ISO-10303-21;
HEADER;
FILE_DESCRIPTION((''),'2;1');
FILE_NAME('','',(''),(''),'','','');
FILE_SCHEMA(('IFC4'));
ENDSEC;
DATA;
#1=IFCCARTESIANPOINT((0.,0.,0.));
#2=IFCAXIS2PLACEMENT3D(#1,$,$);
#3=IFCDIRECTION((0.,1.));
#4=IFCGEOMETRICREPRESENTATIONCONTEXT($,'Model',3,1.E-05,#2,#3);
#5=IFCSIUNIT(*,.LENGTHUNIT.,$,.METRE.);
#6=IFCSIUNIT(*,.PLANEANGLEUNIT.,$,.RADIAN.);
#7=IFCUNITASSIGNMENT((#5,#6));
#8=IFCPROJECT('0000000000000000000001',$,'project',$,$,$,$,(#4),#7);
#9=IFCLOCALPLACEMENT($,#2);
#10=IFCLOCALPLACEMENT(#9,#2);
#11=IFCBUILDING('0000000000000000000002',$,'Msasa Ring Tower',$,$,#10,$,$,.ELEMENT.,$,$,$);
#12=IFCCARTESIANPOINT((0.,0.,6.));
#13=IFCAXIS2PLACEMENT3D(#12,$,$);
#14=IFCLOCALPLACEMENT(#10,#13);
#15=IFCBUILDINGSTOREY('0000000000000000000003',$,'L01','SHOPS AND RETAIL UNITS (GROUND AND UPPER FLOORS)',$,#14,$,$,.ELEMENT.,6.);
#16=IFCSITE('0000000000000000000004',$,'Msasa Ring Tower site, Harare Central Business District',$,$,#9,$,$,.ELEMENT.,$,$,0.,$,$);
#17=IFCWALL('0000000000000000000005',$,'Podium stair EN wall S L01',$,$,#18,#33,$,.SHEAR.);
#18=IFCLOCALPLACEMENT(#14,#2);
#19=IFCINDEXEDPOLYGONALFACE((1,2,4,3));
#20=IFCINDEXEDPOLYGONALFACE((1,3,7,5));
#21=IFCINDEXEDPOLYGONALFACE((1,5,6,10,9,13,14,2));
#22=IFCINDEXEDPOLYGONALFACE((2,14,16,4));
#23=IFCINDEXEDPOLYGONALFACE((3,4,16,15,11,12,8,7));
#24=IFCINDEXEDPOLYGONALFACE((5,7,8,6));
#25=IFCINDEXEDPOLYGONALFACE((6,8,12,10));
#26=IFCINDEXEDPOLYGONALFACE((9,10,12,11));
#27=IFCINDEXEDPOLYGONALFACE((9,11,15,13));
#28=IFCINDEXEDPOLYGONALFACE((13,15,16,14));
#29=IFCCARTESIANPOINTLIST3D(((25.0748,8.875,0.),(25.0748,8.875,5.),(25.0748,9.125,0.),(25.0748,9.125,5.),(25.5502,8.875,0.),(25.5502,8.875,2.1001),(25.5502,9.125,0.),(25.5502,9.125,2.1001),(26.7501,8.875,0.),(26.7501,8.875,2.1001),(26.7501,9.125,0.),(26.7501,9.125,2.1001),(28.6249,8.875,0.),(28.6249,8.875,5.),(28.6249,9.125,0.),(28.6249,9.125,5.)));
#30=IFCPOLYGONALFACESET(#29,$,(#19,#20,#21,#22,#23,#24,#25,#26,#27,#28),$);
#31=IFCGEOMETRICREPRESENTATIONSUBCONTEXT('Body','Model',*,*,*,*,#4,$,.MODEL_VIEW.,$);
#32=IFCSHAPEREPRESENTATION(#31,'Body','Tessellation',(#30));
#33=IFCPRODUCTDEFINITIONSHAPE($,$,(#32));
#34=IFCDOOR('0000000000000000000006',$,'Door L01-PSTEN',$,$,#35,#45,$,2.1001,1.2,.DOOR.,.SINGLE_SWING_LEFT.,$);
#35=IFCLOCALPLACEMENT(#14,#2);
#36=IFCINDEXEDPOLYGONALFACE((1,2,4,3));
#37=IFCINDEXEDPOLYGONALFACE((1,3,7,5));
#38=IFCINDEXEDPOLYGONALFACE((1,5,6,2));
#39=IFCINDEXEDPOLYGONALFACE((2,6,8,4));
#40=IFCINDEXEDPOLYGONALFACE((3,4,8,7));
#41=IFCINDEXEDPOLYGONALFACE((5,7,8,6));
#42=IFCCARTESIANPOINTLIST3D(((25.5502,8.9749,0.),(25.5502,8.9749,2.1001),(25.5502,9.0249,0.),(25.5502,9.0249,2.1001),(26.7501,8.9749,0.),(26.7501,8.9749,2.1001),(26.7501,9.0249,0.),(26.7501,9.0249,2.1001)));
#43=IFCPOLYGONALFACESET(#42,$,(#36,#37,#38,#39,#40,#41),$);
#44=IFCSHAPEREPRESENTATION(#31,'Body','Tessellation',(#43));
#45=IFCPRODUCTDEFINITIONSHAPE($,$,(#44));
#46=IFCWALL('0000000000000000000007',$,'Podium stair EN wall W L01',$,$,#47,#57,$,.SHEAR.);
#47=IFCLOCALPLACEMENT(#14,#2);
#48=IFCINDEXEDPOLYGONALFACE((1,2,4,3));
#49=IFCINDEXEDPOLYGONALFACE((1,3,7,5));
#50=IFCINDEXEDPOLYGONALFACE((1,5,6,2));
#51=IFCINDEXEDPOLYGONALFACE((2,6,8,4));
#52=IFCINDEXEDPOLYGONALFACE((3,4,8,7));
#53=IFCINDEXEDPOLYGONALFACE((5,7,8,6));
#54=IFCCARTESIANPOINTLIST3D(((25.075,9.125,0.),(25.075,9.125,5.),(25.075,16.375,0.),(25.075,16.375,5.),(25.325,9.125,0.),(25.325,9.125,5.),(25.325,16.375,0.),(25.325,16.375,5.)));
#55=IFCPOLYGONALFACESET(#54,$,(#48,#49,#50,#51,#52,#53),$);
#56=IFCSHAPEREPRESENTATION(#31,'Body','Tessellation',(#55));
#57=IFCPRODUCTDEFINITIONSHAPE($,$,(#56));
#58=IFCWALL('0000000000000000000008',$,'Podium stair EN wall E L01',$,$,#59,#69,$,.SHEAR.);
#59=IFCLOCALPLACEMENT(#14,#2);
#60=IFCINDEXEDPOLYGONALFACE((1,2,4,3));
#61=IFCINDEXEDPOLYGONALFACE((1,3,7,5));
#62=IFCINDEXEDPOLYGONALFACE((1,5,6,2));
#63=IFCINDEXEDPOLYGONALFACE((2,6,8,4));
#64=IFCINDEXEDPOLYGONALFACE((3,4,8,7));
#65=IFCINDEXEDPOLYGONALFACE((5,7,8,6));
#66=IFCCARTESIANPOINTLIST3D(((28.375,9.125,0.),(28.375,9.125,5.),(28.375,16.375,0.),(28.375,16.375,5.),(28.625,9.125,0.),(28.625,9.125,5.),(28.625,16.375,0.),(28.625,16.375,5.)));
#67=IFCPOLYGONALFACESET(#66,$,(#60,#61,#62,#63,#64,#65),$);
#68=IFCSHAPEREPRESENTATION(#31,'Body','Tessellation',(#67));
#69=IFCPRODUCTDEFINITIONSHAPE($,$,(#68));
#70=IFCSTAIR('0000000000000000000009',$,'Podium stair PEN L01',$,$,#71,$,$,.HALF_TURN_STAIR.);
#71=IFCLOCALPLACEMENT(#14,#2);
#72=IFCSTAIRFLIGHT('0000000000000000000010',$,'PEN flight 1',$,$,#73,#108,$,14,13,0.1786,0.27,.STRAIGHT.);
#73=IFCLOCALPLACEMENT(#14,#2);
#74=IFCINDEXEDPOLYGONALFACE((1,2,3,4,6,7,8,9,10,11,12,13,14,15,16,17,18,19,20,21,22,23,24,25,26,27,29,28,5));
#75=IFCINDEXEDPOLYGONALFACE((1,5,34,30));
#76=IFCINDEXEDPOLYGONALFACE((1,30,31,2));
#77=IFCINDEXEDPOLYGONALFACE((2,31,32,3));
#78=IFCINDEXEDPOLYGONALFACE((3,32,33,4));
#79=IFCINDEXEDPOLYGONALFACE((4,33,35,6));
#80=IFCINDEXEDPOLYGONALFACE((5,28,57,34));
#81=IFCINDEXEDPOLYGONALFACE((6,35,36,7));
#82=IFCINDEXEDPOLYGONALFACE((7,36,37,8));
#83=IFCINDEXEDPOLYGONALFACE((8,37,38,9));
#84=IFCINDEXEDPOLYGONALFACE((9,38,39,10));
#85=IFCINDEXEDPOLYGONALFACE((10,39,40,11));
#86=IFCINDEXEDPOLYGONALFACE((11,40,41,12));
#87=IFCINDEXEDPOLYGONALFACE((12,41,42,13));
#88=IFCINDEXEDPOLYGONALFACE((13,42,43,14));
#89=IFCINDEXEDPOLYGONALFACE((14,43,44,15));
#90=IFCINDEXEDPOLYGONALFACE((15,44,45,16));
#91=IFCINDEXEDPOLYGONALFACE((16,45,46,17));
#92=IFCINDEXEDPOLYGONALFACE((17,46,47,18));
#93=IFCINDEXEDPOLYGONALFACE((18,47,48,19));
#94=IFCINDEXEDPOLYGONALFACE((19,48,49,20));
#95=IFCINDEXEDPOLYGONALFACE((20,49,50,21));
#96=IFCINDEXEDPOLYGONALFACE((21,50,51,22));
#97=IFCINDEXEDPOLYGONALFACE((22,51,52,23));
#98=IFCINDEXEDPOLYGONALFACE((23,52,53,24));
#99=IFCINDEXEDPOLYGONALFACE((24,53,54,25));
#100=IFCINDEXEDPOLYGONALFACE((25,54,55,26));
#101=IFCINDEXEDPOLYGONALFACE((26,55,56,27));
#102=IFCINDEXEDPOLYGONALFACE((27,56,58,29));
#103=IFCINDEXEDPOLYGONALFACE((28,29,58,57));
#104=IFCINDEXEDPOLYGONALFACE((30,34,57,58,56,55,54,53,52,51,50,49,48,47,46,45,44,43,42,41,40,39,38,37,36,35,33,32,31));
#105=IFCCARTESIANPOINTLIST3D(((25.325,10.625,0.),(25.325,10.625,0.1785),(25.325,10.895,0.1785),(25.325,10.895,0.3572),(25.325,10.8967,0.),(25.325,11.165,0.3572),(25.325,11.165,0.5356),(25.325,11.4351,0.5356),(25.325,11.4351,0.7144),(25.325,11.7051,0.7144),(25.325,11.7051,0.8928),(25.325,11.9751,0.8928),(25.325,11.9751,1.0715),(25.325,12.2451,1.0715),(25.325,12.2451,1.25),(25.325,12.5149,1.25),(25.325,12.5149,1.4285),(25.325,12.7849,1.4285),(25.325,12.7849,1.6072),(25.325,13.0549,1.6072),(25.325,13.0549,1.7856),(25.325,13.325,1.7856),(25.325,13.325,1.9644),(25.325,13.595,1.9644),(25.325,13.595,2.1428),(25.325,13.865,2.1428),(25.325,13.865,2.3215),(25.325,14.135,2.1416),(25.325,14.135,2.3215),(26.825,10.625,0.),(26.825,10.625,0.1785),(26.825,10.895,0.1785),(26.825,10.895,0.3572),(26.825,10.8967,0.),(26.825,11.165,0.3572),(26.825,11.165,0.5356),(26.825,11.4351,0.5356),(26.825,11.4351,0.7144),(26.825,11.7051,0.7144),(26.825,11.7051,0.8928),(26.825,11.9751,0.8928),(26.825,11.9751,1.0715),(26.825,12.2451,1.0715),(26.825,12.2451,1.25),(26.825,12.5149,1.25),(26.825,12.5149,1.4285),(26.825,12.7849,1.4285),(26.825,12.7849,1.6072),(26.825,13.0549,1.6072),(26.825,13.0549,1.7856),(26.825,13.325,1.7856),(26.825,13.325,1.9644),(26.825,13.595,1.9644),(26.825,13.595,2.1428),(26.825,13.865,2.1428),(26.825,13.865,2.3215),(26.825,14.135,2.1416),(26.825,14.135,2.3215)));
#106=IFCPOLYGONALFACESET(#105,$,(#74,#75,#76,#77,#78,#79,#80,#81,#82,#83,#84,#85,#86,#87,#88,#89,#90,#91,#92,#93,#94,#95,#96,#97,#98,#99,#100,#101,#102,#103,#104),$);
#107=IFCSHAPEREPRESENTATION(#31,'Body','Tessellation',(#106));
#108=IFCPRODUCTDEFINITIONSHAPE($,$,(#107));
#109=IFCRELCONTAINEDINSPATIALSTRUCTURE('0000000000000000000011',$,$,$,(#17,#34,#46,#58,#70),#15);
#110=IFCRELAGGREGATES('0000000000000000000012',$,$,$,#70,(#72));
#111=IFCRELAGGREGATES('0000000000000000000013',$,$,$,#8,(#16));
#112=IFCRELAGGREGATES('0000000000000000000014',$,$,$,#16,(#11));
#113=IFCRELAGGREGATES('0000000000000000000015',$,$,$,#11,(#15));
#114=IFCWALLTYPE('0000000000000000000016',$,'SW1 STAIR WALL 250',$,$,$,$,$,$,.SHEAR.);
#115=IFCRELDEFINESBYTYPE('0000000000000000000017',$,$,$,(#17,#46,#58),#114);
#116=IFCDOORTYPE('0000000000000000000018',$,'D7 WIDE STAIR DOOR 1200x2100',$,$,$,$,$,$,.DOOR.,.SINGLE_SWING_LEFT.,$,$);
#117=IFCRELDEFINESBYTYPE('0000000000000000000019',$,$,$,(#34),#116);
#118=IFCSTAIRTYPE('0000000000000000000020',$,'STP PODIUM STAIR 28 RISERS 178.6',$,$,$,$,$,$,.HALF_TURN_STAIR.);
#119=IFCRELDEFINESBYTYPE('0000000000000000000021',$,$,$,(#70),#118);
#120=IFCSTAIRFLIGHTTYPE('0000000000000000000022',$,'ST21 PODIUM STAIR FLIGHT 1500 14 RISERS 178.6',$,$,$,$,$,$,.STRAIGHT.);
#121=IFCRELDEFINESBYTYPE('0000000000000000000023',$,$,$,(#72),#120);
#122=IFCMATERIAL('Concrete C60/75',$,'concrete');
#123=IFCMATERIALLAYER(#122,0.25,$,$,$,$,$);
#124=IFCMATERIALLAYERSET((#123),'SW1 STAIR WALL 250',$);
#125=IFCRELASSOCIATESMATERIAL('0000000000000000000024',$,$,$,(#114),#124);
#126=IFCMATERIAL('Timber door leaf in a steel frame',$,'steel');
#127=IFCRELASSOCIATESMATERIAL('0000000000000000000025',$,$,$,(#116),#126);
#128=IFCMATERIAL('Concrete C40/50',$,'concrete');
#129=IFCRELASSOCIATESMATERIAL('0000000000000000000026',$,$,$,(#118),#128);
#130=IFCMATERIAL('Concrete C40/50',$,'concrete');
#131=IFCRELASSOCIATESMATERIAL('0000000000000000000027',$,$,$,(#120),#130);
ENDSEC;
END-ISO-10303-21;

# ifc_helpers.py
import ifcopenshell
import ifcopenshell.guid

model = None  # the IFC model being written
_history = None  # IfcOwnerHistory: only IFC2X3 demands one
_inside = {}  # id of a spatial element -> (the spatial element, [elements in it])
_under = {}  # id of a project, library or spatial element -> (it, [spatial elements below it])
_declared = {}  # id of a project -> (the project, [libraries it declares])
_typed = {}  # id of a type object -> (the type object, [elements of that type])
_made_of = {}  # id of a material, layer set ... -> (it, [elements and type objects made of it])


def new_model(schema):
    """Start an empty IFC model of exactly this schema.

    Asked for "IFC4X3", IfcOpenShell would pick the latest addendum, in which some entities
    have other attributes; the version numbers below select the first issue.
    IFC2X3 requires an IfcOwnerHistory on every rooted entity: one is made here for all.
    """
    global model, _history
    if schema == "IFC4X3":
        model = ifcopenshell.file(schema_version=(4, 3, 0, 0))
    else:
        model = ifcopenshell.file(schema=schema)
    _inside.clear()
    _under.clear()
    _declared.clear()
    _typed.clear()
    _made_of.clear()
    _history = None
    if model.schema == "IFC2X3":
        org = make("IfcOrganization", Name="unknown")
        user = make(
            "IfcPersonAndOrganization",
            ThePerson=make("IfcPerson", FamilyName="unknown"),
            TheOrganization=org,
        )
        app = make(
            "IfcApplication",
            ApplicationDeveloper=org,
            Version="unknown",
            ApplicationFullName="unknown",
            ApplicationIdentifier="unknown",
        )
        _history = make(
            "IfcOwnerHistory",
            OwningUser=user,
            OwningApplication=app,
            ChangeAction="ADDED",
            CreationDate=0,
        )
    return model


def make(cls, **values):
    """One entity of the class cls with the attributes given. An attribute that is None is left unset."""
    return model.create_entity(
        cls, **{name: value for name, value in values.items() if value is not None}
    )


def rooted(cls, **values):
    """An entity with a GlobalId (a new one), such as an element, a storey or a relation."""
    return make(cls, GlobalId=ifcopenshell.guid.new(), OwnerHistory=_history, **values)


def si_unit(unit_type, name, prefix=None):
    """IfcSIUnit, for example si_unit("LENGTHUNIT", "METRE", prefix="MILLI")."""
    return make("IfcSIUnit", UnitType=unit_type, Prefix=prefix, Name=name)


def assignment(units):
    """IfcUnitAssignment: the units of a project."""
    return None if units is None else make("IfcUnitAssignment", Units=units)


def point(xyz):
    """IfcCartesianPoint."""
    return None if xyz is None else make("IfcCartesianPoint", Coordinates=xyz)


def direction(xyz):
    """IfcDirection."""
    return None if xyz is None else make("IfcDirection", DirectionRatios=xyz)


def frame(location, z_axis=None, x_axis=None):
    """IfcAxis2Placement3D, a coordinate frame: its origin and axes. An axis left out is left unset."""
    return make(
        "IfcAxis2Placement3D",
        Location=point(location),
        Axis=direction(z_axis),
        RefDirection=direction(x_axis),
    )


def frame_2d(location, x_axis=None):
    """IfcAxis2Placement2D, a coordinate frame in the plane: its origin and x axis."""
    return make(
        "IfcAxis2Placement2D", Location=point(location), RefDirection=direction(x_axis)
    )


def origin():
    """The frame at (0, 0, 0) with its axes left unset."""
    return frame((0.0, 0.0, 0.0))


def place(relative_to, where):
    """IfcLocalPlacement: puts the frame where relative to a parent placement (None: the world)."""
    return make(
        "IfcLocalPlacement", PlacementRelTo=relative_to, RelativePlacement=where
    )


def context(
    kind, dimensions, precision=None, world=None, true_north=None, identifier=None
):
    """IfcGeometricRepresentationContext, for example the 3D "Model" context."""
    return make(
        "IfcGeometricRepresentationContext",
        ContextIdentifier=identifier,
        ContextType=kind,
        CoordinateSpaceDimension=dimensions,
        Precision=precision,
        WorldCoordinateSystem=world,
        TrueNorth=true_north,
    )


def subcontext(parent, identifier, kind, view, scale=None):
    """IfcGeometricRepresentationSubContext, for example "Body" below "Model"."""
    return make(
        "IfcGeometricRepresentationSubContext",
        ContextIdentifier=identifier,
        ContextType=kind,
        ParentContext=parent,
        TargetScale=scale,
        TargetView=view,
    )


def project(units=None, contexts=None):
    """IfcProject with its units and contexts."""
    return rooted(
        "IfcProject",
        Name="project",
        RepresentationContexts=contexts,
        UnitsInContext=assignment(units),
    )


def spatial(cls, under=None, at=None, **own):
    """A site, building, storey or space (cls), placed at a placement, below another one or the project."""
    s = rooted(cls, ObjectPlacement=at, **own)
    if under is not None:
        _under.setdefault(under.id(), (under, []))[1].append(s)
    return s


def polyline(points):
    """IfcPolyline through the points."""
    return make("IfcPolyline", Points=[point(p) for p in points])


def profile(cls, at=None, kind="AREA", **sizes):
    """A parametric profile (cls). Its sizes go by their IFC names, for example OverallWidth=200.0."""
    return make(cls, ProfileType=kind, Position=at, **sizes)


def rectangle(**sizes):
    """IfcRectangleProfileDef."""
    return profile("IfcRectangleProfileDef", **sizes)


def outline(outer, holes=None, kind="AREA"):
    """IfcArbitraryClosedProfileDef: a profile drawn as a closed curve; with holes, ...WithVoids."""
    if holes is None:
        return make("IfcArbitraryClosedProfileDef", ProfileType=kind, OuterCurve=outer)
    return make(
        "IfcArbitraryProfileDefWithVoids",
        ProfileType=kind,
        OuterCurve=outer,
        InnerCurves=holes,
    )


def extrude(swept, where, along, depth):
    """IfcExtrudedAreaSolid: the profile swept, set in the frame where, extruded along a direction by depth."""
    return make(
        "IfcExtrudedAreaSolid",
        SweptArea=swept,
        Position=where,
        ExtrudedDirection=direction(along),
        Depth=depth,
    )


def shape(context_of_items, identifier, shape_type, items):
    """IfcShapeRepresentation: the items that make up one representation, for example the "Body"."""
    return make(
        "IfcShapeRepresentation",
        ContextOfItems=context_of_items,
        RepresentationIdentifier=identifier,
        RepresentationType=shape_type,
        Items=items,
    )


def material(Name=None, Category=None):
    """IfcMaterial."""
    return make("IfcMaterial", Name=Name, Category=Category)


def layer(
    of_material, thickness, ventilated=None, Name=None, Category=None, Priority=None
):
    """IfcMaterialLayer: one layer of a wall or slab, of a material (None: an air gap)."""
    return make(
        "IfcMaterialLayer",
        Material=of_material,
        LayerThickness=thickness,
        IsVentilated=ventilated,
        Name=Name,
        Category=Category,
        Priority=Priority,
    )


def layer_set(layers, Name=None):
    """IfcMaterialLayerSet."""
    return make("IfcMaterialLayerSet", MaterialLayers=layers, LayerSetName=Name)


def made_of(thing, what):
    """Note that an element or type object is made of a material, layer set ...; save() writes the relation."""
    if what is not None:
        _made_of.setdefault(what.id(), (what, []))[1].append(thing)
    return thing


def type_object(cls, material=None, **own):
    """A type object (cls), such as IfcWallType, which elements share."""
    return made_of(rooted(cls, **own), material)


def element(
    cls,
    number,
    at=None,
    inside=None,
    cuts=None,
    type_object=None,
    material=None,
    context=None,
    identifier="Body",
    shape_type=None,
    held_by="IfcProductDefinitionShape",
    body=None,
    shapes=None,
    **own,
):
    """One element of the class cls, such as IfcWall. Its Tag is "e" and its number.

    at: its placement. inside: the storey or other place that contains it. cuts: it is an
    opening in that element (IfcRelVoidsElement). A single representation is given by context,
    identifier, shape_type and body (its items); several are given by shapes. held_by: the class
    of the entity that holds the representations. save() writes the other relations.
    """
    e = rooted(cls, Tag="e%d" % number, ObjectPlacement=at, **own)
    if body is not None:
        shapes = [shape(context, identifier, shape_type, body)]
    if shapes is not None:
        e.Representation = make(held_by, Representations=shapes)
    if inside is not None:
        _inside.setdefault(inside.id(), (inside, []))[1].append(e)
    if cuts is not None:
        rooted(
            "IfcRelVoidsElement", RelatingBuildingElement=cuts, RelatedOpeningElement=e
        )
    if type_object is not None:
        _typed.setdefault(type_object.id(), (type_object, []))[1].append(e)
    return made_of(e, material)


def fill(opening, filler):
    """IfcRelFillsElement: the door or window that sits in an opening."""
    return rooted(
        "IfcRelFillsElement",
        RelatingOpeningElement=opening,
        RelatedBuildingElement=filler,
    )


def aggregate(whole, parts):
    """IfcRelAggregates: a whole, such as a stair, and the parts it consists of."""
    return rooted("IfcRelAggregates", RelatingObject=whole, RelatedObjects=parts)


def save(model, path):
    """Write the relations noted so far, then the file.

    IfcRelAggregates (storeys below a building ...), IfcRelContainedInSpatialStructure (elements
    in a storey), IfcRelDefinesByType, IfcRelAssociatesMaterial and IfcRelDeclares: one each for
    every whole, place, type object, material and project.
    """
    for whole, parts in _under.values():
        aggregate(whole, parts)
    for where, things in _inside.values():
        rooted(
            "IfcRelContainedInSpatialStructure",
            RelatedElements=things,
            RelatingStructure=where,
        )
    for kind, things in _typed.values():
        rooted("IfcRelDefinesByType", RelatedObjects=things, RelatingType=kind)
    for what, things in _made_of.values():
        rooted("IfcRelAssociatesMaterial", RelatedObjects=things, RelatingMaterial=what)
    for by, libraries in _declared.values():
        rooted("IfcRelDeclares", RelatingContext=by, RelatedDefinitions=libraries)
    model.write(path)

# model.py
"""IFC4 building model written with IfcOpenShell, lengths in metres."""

from ifc_helpers import new_model, si_unit, direction, frame, frame_2d, origin, place, context, subcontext, project, spatial, polyline, rectangle, outline, extrude, material, layer, layer_set, type_object, element, fill, aggregate, save


model = new_model("IFC4")

# Units and contexts
model_context = context("Model", 3, precision=1e-05, world=origin(), true_north=direction((0.0, 1.0)))
body_context = subcontext(model_context, "Body", "Model", "MODEL_VIEW")
ifc_project = project(units=[si_unit("LENGTHUNIT", "METRE"), si_unit("PLANEANGLEUNIT", "RADIAN")], contexts=[model_context])

# Site, building, storey
site_placement = place(None, origin())
site = spatial("IfcSite", under=ifc_project, at=site_placement, Name="Msasa Ring Tower site, Harare Central Business District", CompositionType="ELEMENT", RefElevation=0.0)
building_placement = place(site_placement, origin())
building = spatial("IfcBuilding", under=site, at=building_placement, Name="Msasa Ring Tower", CompositionType="ELEMENT")
storey_placement = place(building_placement, frame((0.0, 0.0, 6.0)))
storey = spatial("IfcBuildingStorey", under=building, at=storey_placement, Name="L01", Description="SHOPS AND RETAIL UNITS (GROUND AND UPPER FLOORS)", CompositionType="ELEMENT", Elevation=6.0)

# Wall, opening, door
ifc_material_1 = material(Name="Concrete C60/75", Category="concrete")
ifc_layer_1 = layer(ifc_material_1, 0.25)
ifc_layer_set_1 = layer_set([ifc_layer_1], Name="SW1 STAIR WALL 250")
wall_type_1 = type_object("IfcWallType", Name="SW1 STAIR WALL 250", PredefinedType="SHEAR", material=ifc_layer_set_1)
wall_1_placement = place(storey_placement, frame((25.075, 9.0, 0.0), z_axis=(0.0, 0.0, 1.0), x_axis=(1.0, 0.0, 0.0)))
wall_1 = element("IfcWall", 1, at=wall_1_placement, inside=storey, type_object=wall_type_1, Name="Podium stair EN wall S L01", PredefinedType="SHEAR", context=body_context, shape_type="SweptSolid", body=[
    extrude(rectangle(XDim=3.55, YDim=0.25, at=frame_2d((1.7749, 0.0))), origin(), (0.0, 0.0, 1.0), 5.0),
])
opening_1_placement = place(wall_1_placement, frame((0.4751, 0.0, 0.0)))
opening_1 = element("IfcOpeningElement", 2, at=opening_1_placement, cuts=wall_1, PredefinedType="OPENING", context=body_context, shape_type="SweptSolid", body=[
    extrude(rectangle(XDim=1.2, YDim=2.1001, at=frame_2d((0.6001, 1.05))), frame((0.0, 0.135, 0.0), z_axis=(0.0, -1.0, 0.0), x_axis=(1.0, 0.0, 0.0)), (0.0, 0.0, 1.0), 0.27),
])
ifc_material_2 = material(Name="Timber door leaf in a steel frame", Category="steel")
door_type = type_object("IfcDoorType", Name="D7 WIDE STAIR DOOR 1200x2100", OperationType="SINGLE_SWING_LEFT", PredefinedType="DOOR", material=ifc_material_2)
door_placement = place(opening_1_placement, origin())
door = element("IfcDoor", 3, at=door_placement, inside=storey, type_object=door_type, Name="Door L01-PSTEN", OperationType="SINGLE_SWING_LEFT", OverallHeight=2.1001, OverallWidth=1.2, PredefinedType="DOOR", context=body_context, shape_type="SweptSolid", body=[
    extrude(rectangle(XDim=1.2, YDim=2.1001, at=frame_2d((0.6001, 1.05))), frame((0.0, 0.0249, 0.0), z_axis=(0.0, -1.0, 0.0), x_axis=(1.0, 0.0, 0.0)), (0.0, 0.0, 1.0), 0.05),
])
fill(opening_1, door)

# Walls
for number, where, z_axis, x_axis, name in (
    (4, (25.2, 9.125, 0.0), (0.0, 0.0, 1.0), (0.0, 1.0, 0.0), "Podium stair EN wall W L01"),
    (5, (28.5, 9.125, 0.0), (0.0, 0.0, 1.0), (0.0, 1.0, 0.0), "Podium stair EN wall E L01"),
):
    element("IfcWall", number, at=place(storey_placement, frame(where, z_axis=z_axis, x_axis=x_axis)), inside=storey, type_object=wall_type_1, Name=name, PredefinedType="SHEAR", context=body_context, shape_type="SweptSolid", body=[
        extrude(rectangle(XDim=7.25, YDim=0.25, at=frame_2d((3.625, 0.0))), origin(), (0.0, 0.0, 1.0), 5.0),
    ])

# Stair, stair flight
ifc_material_3 = material(Name="Concrete C40/50", Category="concrete")
stair_type = type_object("IfcStairType", Name="STP PODIUM STAIR 28 RISERS 178.6", PredefinedType="HALF_TURN_STAIR", material=ifc_material_3)
stair_placement = place(storey_placement, origin())
stair = element("IfcStair", 6, at=stair_placement, inside=storey, type_object=stair_type, Name="Podium stair PEN L01", PredefinedType="HALF_TURN_STAIR")
ifc_material_4 = material(Name="Concrete C40/50", Category="concrete")
stair_flight_type = type_object("IfcStairFlightType", Name="ST21 PODIUM STAIR FLIGHT 1500 14 RISERS 178.6", PredefinedType="STRAIGHT", material=ifc_material_4)
stair_flight_placement = place(storey_placement, frame((26.075, 10.625, 0.0), z_axis=(0.0, 0.0, 1.0), x_axis=(0.0, 1.0, 0.0)))
stair_flight = element("IfcStairFlight", 7, at=stair_flight_placement, type_object=stair_flight_type, Name="PEN flight 1", NumberOfRisers=14, NumberOfTreads=13, PredefinedType="STRAIGHT", RiserHeight=0.1786, TreadLength=0.27, context=body_context, shape_type="SweptSolid", body=[
    extrude(outline(polyline([(0.0, 0.0), (0.0, 0.1785), (0.27, 0.1785), (0.27, 0.3572), (0.54, 0.3572), (0.54, 0.5356), (0.8101, 0.5356), (0.8101, 0.7144), (1.0801, 0.7144), (1.0801, 0.8928), (1.3501, 0.8928), (1.3501, 1.0715), (1.6201, 1.0715), (1.6201, 1.25), (1.8899, 1.25), (1.8899, 1.4285), (2.1599, 1.4285), (2.1599, 1.6072), (2.4299, 1.6072), (2.4299, 1.7856), (2.7, 1.7856), (2.7, 1.9644), (2.97, 1.9644), (2.97, 2.1428), (3.24, 2.1428), (3.24, 2.3215), (3.51, 2.3215), (3.51, 2.5), (3.51, 2.1416), (0.2717, 0.0), (0.0, 0.0)])), frame((0.0, 0.75, 0.0), z_axis=(0.0, -1.0, 0.0), x_axis=(1.0, 0.0, 0.0)), (0.0, 0.0, 1.0), 1.5),
])
aggregate(stair, [stair_flight])

save(model, "model.ifc")
